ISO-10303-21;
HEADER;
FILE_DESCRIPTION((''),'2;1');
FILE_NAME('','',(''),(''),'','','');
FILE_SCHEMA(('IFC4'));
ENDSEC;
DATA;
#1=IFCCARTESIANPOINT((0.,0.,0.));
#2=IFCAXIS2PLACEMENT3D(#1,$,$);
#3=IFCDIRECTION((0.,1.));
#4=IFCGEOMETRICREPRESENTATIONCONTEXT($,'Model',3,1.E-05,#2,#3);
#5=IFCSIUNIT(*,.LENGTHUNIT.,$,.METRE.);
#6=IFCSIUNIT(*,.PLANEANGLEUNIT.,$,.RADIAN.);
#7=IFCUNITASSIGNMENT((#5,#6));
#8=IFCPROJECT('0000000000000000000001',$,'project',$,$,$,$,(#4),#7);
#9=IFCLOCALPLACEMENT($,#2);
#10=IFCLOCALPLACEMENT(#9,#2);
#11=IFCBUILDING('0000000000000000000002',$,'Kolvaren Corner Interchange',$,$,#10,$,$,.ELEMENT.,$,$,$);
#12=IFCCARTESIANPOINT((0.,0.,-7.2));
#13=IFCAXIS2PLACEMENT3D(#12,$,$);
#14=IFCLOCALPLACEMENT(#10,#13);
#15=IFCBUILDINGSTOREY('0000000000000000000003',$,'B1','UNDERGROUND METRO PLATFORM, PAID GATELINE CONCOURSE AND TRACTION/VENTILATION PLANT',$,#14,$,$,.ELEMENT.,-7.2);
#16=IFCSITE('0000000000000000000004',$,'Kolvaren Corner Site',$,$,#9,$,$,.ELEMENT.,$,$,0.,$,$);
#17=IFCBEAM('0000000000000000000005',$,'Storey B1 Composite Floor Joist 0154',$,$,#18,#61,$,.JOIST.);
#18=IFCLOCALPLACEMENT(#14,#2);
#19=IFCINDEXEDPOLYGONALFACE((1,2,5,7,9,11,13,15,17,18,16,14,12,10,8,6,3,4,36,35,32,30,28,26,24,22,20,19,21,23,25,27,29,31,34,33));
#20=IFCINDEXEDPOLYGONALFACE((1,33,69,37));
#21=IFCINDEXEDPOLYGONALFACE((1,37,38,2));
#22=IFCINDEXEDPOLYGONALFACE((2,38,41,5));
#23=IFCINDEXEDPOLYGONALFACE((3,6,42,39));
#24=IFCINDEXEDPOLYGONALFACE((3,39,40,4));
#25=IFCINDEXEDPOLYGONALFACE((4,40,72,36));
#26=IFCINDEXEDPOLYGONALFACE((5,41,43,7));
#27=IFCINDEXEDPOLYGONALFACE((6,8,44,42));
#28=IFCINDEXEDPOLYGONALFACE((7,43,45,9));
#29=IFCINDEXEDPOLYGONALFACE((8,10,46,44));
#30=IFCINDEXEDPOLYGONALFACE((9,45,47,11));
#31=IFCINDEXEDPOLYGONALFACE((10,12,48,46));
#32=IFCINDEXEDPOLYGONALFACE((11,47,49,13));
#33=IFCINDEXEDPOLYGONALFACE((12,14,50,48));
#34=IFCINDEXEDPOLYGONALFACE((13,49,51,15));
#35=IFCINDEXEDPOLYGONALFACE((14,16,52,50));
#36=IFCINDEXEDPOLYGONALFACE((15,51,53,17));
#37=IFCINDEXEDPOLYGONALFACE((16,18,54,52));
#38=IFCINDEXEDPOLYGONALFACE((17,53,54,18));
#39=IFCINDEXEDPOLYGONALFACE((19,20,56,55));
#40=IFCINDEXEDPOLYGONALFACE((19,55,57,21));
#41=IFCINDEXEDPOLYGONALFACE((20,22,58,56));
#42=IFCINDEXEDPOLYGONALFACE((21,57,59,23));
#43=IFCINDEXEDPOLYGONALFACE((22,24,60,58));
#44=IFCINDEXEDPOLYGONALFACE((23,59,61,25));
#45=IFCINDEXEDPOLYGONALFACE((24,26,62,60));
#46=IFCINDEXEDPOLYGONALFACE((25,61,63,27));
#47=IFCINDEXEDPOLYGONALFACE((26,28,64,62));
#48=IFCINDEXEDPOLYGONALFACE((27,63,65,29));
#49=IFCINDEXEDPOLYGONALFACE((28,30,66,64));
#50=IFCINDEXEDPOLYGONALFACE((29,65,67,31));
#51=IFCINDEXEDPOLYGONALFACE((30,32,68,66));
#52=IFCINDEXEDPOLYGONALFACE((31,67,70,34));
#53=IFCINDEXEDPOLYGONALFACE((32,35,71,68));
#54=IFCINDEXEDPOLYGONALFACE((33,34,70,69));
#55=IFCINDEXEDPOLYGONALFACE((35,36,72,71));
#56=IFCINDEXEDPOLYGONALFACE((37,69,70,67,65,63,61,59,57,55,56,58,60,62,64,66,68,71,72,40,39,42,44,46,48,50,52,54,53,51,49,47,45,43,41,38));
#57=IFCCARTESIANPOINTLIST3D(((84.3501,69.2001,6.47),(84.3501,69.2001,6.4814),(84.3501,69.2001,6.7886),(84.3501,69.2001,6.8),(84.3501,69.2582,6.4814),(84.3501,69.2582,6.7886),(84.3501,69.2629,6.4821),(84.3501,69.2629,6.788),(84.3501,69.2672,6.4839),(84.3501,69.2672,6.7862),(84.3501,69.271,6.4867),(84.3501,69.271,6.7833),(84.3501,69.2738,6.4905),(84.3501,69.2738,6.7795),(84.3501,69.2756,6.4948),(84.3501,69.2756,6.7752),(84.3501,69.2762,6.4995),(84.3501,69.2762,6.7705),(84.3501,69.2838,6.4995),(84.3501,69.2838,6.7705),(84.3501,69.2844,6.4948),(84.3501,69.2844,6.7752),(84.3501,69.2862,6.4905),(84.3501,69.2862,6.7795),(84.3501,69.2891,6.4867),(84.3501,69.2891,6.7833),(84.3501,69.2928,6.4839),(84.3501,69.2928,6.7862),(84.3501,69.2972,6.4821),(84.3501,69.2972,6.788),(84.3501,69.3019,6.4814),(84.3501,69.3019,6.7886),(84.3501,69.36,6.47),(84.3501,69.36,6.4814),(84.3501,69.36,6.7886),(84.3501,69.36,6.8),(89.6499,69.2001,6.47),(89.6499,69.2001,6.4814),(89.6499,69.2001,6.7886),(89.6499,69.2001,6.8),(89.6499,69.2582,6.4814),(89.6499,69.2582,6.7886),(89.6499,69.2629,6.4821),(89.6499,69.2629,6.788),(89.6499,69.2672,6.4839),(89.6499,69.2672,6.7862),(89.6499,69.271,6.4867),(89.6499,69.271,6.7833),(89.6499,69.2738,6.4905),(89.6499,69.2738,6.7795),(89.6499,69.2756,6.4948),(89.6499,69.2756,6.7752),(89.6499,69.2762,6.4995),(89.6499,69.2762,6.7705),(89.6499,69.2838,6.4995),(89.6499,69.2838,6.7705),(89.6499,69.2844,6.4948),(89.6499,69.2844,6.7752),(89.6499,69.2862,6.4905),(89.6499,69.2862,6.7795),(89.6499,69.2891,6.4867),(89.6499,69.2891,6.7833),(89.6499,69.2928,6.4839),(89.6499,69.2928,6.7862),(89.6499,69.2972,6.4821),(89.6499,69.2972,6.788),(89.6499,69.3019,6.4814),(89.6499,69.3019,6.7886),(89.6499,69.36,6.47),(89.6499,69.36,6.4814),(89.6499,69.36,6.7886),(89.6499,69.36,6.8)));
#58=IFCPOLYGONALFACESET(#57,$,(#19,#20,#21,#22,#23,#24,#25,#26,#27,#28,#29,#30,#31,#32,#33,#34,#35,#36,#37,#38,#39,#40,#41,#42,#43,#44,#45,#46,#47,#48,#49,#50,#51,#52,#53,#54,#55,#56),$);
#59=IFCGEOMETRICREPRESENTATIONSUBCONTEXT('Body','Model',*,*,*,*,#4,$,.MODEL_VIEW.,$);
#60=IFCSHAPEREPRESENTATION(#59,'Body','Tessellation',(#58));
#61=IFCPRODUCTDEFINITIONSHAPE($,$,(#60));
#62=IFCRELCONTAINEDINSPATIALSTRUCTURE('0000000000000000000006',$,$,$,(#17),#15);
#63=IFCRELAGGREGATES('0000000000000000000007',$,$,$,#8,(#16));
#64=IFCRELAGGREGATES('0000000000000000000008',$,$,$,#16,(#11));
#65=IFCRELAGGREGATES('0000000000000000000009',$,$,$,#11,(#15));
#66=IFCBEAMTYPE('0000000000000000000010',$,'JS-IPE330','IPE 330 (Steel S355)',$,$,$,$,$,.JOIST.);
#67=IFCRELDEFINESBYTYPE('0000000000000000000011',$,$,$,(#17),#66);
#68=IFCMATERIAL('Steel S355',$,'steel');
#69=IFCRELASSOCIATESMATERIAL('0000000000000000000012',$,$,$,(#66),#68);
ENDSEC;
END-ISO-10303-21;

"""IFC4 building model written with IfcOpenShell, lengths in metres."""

from ifc_helpers import new_model, si_unit, direction, frame, origin, origin_2d, place, context, subcontext, project, spatial, i_section, extrude, material, material_profile, profile_set, type_object, element, save


model = new_model("IFC4")

# Units and contexts
model_context = context("Model", 3, precision=1e-05, world=origin(), true_north=direction((0.0, 1.0)))
body_context = subcontext(model_context, "Body", "Model", "MODEL_VIEW")
ifc_project = project(units=[si_unit("LENGTHUNIT", "METRE"), si_unit("PLANEANGLEUNIT", "RADIAN")], contexts=[model_context])

# Site, building, storey
site_placement = place(None, origin())
site = spatial("IfcSite", under=ifc_project, at=site_placement, Name="Kolvaren Corner Site", CompositionType="ELEMENT", RefElevation=0.0)
building_placement = place(site_placement, origin())
building = spatial("IfcBuilding", under=site, at=building_placement, Name="Kolvaren Corner Interchange", CompositionType="ELEMENT")
storey_placement = place(building_placement, frame((0.0, 0.0, -7.2)))
storey = spatial("IfcBuildingStorey", under=building, at=storey_placement, Name="B1", Description="UNDERGROUND METRO PLATFORM, PAID GATELINE CONCOURSE AND TRACTION/VENTILATION PLANT", CompositionType="ELEMENT", Elevation=-7.2)

# Beam
ifc_material_1 = material(Name="Steel S355", Category="steel")
ifc_material_profile_1 = material_profile(ifc_material_1, i_section(OverallWidth=0.1599, OverallDepth=0.3301, WebThickness=0.0076, FlangeThickness=0.0115, FilletRadius=0.0181, at=origin_2d()), Name="IPE 330")
ifc_profile_set_1 = profile_set([ifc_material_profile_1], Name="Steel S355")
beam_type_1 = type_object("IfcBeamType", Name="JS-IPE330", Description="IPE 330 (Steel S355)", PredefinedType="JOIST", material=ifc_profile_set_1)
for number, where, z_axis, x_axis, name in (
    (1, (84.3501, 69.28, 6.635), (1.0, 0.0, 0.0), (0.0, 1.0, 0.0), "Storey B1 Composite Floor Joist 0154"),
):
    element("IfcBeam", number, at=place(storey_placement, frame(where, z_axis=z_axis, x_axis=x_axis)), inside=storey, type_object=beam_type_1, Name=name, PredefinedType="JOIST", context=body_context, shape_type="SweptSolid", body=[
        extrude(i_section(OverallWidth=0.1599, OverallDepth=0.3301, WebThickness=0.0076, FlangeThickness=0.0115, FilletRadius=0.0181, at=origin_2d()), origin(), (0.0, 0.0, 1.0), 5.2998),
    ])

save(model, "model.ifc")
